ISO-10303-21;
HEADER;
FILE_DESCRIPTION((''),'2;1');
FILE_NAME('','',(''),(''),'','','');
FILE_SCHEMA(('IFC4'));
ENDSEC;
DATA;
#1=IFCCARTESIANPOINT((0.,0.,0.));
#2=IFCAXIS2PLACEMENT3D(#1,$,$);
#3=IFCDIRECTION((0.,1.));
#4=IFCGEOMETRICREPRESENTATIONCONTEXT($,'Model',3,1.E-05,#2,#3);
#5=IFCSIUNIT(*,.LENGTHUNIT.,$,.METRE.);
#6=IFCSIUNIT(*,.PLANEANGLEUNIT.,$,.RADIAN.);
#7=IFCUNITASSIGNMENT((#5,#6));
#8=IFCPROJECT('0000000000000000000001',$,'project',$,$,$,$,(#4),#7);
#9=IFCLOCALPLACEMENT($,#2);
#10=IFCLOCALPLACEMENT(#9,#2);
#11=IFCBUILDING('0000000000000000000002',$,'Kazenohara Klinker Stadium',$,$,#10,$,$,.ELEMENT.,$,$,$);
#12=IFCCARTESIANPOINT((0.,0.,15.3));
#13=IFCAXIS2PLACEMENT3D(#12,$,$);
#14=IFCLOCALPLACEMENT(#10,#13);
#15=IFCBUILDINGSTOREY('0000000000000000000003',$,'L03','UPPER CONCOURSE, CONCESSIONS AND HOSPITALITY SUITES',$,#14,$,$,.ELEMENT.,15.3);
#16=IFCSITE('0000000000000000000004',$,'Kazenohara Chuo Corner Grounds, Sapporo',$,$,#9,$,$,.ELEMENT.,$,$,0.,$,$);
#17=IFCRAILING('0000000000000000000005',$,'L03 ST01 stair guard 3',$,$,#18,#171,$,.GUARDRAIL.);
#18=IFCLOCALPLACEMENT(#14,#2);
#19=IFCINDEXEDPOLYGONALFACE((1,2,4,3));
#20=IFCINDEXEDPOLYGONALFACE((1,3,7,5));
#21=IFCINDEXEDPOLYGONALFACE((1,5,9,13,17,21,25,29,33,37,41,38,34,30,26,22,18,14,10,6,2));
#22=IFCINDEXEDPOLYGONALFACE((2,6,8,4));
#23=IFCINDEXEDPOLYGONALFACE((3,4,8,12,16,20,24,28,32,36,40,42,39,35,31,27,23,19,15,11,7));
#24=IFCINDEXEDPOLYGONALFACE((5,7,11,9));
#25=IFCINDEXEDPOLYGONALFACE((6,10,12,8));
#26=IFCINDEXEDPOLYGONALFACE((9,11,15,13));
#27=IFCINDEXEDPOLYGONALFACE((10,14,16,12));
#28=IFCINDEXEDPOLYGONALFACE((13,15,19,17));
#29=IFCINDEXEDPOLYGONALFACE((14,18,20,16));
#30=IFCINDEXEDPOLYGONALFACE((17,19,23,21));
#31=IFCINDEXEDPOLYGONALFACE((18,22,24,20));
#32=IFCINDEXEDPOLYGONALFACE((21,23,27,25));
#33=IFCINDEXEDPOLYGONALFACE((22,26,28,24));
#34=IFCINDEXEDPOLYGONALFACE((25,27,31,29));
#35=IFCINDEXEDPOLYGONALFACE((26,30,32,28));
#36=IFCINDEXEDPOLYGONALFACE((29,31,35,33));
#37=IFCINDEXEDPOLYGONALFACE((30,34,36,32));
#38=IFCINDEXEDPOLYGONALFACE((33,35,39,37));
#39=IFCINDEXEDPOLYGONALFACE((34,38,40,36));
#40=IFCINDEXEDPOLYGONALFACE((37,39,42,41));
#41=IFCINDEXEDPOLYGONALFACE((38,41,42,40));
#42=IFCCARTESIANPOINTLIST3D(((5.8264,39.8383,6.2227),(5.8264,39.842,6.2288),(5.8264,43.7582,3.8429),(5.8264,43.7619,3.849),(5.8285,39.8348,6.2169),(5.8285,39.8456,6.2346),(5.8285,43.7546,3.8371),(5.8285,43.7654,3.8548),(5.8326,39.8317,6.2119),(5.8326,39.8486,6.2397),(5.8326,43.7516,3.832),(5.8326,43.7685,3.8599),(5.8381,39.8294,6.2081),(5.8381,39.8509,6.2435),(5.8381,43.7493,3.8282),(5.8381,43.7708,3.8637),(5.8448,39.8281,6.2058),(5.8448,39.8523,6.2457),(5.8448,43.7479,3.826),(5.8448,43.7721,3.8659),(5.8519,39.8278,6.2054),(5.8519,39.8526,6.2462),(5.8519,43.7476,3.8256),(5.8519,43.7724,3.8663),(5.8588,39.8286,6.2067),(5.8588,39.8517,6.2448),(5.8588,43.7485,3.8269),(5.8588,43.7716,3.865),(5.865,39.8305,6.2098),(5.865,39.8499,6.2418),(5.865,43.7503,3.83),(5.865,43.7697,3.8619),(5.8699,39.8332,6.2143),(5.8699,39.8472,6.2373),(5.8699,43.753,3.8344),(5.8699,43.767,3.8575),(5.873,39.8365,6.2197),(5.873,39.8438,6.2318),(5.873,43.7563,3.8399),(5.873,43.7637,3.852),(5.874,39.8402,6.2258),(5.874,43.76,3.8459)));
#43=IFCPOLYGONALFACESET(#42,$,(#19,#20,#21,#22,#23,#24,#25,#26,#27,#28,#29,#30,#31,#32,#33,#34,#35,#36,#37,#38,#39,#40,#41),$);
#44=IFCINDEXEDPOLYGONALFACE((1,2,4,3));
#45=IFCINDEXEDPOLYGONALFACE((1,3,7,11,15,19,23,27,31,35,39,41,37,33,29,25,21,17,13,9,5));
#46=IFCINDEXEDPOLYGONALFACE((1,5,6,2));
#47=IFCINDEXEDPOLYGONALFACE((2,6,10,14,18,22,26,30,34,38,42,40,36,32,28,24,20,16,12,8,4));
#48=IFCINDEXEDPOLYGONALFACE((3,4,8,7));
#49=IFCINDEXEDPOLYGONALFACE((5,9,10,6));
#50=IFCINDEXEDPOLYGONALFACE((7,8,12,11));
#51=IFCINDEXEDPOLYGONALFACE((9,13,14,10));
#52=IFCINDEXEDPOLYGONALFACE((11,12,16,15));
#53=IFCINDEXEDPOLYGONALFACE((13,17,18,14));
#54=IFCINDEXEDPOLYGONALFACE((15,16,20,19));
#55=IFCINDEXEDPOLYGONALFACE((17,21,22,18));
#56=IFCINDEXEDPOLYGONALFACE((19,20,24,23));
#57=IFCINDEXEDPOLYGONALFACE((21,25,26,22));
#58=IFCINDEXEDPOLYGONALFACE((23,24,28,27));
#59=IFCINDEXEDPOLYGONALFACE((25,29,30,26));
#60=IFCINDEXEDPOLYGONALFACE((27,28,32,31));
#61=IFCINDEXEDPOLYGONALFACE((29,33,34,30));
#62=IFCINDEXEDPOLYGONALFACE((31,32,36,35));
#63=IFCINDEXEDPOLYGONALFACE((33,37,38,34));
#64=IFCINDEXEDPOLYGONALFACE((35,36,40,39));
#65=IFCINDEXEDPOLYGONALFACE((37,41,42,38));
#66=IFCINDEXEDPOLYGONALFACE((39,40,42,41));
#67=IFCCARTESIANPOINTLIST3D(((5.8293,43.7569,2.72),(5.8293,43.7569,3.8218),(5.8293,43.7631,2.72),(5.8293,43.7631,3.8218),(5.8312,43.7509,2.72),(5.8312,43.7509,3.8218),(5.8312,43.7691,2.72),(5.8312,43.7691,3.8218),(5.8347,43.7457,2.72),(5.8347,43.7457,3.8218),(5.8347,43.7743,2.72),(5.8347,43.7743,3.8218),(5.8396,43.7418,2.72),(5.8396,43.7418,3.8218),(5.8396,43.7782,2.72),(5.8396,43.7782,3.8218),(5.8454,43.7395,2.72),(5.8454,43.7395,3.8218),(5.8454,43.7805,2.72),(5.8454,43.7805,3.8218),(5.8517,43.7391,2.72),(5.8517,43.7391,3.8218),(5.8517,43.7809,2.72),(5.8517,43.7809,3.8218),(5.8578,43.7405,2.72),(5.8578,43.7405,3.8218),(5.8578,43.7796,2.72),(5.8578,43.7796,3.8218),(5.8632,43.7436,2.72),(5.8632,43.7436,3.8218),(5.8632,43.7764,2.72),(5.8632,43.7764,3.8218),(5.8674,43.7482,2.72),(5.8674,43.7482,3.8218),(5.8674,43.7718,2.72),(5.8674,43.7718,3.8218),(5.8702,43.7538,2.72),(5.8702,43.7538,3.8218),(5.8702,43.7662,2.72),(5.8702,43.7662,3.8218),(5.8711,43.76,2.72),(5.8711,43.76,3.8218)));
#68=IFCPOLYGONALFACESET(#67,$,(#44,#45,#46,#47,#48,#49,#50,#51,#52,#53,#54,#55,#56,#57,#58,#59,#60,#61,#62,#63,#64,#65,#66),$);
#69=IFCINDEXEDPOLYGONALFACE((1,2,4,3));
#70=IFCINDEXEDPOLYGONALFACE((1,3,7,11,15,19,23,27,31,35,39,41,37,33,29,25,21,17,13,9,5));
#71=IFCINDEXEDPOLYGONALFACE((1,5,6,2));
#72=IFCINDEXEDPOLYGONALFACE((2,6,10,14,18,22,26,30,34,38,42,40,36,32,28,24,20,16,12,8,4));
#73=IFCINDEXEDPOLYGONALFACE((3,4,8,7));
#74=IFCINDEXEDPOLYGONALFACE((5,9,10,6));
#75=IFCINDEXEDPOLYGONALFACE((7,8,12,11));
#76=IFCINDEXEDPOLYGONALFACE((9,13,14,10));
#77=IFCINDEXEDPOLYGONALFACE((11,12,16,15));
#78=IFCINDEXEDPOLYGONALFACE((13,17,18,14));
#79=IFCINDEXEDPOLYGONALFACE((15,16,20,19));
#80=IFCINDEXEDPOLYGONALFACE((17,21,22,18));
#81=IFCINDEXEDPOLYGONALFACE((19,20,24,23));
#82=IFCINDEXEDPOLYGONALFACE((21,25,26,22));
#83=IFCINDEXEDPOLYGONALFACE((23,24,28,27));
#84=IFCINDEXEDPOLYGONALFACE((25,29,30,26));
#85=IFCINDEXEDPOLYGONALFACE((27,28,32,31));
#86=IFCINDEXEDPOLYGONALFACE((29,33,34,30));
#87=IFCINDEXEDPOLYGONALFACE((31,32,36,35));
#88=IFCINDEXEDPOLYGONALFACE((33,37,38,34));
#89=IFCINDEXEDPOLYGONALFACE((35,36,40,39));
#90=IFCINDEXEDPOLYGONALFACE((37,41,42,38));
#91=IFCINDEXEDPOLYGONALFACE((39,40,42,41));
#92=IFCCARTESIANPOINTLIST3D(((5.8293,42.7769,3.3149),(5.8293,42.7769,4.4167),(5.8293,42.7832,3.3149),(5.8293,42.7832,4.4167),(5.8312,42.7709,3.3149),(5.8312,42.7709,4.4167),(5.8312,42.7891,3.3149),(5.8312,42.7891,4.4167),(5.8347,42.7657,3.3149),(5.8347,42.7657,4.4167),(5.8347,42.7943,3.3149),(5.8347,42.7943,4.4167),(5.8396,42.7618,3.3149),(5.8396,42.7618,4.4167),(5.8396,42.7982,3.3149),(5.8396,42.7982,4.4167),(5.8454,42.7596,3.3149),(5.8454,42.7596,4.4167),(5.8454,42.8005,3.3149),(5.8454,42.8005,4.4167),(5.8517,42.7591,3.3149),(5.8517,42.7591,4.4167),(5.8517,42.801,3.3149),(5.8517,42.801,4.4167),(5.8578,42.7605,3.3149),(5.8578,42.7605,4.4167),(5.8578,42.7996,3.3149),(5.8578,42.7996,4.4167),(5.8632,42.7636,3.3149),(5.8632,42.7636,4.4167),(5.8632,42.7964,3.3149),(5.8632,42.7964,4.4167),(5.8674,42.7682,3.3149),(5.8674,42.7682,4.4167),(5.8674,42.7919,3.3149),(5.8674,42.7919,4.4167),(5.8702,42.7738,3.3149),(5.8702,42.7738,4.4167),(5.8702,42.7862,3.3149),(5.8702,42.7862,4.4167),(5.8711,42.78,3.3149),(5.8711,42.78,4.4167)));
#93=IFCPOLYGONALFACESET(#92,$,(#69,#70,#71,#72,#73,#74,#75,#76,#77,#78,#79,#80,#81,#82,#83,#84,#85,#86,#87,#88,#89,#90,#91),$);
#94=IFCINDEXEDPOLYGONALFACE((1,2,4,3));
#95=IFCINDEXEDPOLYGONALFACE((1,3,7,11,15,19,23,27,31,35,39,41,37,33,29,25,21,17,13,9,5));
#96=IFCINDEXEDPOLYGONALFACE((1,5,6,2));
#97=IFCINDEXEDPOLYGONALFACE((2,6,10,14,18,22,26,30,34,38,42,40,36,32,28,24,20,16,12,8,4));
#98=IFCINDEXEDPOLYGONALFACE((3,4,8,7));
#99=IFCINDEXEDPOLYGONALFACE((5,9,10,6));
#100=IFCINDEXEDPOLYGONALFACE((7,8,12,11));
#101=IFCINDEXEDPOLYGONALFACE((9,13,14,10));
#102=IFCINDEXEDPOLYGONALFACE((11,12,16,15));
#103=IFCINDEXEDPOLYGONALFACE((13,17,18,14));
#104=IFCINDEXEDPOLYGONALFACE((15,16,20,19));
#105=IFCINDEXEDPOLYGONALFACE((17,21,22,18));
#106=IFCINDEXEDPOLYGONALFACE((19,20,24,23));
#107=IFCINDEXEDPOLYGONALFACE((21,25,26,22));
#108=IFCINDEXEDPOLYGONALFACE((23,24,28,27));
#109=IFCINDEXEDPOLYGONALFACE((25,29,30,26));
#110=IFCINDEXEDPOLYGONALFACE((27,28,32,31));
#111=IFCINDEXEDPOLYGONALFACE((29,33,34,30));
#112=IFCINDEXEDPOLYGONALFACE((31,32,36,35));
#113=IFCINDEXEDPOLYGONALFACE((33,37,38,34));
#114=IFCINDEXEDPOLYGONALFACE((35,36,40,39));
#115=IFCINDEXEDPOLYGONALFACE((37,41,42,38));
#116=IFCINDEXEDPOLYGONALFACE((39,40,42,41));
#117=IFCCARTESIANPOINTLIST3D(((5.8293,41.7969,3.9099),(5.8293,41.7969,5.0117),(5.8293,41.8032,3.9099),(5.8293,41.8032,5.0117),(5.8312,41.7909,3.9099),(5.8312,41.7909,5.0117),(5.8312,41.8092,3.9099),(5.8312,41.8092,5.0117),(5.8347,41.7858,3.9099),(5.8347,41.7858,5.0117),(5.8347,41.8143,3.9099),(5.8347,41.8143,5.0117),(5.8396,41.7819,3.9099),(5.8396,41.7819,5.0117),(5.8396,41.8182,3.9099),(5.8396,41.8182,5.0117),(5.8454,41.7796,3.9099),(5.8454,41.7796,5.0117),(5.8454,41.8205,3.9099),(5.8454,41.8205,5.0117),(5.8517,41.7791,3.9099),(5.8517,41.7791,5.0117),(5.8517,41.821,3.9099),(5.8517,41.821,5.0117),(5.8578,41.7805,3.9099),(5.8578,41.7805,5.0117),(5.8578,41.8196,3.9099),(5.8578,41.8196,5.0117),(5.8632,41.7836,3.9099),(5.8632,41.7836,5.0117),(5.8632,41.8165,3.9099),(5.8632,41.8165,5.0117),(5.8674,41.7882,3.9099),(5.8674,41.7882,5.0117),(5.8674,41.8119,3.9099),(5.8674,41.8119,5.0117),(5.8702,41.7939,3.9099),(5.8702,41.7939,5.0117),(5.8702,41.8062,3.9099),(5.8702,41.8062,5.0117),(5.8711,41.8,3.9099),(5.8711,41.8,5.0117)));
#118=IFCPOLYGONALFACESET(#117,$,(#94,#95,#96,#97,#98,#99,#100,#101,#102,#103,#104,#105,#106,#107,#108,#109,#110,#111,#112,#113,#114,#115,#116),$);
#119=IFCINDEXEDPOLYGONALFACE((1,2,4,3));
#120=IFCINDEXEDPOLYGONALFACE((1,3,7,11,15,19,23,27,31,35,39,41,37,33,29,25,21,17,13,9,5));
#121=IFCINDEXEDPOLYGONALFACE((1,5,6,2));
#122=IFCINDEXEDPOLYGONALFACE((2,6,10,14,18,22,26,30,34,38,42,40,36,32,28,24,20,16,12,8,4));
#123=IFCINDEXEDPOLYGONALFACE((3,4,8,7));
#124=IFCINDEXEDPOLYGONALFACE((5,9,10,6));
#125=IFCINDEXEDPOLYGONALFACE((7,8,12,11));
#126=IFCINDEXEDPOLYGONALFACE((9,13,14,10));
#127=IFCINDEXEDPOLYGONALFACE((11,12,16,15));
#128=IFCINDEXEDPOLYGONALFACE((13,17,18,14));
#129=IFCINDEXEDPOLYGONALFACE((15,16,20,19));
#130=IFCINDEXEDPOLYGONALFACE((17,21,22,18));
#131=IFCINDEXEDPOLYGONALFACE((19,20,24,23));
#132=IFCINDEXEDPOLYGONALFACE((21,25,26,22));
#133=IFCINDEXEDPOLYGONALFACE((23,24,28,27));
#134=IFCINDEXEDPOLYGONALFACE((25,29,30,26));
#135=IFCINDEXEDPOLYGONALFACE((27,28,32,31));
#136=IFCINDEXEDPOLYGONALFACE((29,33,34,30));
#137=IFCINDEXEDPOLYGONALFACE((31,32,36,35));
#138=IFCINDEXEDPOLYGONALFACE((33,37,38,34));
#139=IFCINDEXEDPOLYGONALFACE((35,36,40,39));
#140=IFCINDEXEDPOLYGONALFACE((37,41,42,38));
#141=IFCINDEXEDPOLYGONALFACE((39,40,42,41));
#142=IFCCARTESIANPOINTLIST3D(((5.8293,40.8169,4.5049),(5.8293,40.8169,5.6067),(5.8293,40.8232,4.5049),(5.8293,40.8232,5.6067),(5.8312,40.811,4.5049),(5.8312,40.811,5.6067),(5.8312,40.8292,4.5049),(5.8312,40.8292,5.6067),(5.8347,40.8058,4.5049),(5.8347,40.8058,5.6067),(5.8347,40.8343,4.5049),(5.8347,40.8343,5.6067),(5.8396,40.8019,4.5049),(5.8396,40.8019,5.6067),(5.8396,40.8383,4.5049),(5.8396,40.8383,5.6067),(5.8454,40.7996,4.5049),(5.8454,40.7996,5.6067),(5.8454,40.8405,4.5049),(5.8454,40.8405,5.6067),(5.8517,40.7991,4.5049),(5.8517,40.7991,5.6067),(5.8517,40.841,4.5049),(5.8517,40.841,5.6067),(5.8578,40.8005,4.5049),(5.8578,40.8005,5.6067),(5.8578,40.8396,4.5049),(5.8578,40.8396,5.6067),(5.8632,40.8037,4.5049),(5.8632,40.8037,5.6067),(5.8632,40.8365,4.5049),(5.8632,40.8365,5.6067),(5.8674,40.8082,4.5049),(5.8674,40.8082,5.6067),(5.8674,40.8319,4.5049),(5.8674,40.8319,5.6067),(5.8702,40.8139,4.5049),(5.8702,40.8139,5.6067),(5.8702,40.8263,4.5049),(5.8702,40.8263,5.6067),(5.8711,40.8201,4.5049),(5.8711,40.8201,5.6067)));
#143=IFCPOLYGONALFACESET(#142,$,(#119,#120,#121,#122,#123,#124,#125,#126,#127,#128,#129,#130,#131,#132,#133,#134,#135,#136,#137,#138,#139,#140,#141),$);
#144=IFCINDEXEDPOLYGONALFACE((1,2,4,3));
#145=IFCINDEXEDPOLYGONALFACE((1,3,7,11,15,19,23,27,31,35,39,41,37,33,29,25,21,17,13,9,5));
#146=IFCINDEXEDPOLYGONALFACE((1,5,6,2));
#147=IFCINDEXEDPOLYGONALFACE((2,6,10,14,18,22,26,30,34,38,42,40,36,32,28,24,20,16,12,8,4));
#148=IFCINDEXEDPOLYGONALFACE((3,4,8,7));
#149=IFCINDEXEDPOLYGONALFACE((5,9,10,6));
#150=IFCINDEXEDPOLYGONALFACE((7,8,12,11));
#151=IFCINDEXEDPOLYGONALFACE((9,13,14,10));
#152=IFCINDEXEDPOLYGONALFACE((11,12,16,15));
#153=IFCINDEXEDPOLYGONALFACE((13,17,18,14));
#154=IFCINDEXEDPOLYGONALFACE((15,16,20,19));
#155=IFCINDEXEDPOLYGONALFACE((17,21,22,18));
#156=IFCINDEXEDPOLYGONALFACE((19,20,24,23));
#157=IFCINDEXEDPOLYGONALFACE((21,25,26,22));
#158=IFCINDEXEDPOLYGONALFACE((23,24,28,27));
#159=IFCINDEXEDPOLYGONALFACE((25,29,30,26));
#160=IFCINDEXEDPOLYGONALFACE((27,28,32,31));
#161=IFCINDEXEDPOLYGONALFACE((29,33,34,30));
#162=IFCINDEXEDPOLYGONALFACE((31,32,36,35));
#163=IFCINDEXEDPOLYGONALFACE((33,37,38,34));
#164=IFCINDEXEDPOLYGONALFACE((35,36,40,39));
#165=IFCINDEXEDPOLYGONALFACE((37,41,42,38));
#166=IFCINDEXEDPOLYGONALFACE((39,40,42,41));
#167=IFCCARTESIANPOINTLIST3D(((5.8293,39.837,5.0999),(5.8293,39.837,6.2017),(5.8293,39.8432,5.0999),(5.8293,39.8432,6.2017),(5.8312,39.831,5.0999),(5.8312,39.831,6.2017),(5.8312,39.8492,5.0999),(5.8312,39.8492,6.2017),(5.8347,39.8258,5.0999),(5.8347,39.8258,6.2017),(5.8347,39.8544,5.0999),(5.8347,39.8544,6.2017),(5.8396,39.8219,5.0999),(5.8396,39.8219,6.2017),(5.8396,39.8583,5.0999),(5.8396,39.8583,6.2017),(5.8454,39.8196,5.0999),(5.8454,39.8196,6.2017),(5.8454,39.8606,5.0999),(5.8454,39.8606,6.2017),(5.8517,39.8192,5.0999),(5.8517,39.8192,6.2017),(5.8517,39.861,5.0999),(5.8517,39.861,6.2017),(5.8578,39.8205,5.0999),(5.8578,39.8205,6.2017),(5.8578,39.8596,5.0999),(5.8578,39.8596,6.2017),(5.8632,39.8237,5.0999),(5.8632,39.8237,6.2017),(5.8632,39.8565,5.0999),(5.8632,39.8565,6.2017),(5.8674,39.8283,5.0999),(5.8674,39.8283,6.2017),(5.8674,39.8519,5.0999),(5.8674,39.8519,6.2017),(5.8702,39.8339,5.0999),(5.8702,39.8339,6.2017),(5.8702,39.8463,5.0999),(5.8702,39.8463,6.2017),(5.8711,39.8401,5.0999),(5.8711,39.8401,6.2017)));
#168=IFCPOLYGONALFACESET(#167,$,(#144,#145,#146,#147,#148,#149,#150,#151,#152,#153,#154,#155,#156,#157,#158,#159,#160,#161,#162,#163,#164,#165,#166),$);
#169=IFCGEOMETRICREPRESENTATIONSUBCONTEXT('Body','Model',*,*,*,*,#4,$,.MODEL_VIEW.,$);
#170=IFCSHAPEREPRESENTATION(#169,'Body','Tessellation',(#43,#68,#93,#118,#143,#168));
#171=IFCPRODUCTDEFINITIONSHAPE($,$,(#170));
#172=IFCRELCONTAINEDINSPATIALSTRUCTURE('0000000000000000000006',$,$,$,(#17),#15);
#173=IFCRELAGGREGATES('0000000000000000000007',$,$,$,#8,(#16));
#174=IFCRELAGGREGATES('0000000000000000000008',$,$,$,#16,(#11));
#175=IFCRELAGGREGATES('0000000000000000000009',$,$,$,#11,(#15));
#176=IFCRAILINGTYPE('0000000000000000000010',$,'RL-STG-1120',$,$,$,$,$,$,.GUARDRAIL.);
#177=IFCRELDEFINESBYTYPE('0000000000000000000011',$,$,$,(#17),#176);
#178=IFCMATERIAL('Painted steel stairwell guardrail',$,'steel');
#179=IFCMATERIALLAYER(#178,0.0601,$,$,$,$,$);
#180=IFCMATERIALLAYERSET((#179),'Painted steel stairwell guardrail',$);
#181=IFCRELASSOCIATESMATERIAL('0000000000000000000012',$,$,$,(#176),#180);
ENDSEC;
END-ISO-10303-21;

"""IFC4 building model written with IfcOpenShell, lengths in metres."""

from ifc_helpers import new_model, si_unit, direction, frame, origin, origin_2d, place, context, subcontext, project, spatial, circle, extrude, material, layer, layer_set, type_object, element, save


model = new_model("IFC4")

# Units and contexts
model_context = context("Model", 3, precision=1e-05, world=origin(), true_north=direction((0.0, 1.0)))
body_context = subcontext(model_context, "Body", "Model", "MODEL_VIEW")
ifc_project = project(units=[si_unit("LENGTHUNIT", "METRE"), si_unit("PLANEANGLEUNIT", "RADIAN")], contexts=[model_context])

# Site, building, storey
site_placement = place(None, origin())
site = spatial("IfcSite", under=ifc_project, at=site_placement, Name="Kazenohara Chuo Corner Grounds, Sapporo", CompositionType="ELEMENT", RefElevation=0.0)
building_placement = place(site_placement, origin())
building = spatial("IfcBuilding", under=site, at=building_placement, Name="Kazenohara Klinker Stadium", CompositionType="ELEMENT")
storey_placement = place(building_placement, frame((0.0, 0.0, 15.3)))
storey = spatial("IfcBuildingStorey", under=building, at=storey_placement, Name="L03", Description="UPPER CONCOURSE, CONCESSIONS AND HOSPITALITY SUITES", CompositionType="ELEMENT", Elevation=15.3)

# Railing
ifc_material_1 = material(Name="Painted steel stairwell guardrail", Category="steel")
ifc_layer_1 = layer(ifc_material_1, 0.0601)
ifc_layer_set_1 = layer_set([ifc_layer_1], Name="Painted steel stairwell guardrail")
railing_type_1 = type_object("IfcRailingType", Name="RL-STG-1120", PredefinedType="GUARDRAIL", material=ifc_layer_set_1)
railing_1_placement = place(storey_placement, frame((5.8501, 43.76, 2.72)))
element("IfcRailing", 1, at=railing_1_placement, inside=storey, type_object=railing_type_1, Name="L03 ST01 stair guard 3", PredefinedType="GUARDRAIL", context=body_context, shape_type="SweptSolid", body=[
    extrude(circle(Radius=0.0239, at=origin_2d()), frame((0.0, 0.0, 1.126), z_axis=(0.0, -0.854794, 0.518967), x_axis=(1.0, 0.0, 0.0)), (0.0, 0.0, 1.0), 4.5857),
    extrude(circle(Radius=0.021, at=origin_2d()), origin(), (0.0, 0.0, 1.0), 1.1018),
    extrude(circle(Radius=0.021, at=origin_2d()), frame((0.0, -0.98, 0.595)), (0.0, 0.0, 1.0), 1.1018),
    extrude(circle(Radius=0.021, at=origin_2d()), frame((0.0, -1.96, 1.1899)), (0.0, 0.0, 1.0), 1.1018),
    extrude(circle(Radius=0.021, at=origin_2d()), frame((0.0, -2.9399, 1.7849)), (0.0, 0.0, 1.0), 1.1018),
    extrude(circle(Radius=0.021, at=origin_2d()), frame((0.0, -3.9199, 2.3799)), (0.0, 0.0, 1.0), 1.1018),
])

save(model, "model.ifc")
